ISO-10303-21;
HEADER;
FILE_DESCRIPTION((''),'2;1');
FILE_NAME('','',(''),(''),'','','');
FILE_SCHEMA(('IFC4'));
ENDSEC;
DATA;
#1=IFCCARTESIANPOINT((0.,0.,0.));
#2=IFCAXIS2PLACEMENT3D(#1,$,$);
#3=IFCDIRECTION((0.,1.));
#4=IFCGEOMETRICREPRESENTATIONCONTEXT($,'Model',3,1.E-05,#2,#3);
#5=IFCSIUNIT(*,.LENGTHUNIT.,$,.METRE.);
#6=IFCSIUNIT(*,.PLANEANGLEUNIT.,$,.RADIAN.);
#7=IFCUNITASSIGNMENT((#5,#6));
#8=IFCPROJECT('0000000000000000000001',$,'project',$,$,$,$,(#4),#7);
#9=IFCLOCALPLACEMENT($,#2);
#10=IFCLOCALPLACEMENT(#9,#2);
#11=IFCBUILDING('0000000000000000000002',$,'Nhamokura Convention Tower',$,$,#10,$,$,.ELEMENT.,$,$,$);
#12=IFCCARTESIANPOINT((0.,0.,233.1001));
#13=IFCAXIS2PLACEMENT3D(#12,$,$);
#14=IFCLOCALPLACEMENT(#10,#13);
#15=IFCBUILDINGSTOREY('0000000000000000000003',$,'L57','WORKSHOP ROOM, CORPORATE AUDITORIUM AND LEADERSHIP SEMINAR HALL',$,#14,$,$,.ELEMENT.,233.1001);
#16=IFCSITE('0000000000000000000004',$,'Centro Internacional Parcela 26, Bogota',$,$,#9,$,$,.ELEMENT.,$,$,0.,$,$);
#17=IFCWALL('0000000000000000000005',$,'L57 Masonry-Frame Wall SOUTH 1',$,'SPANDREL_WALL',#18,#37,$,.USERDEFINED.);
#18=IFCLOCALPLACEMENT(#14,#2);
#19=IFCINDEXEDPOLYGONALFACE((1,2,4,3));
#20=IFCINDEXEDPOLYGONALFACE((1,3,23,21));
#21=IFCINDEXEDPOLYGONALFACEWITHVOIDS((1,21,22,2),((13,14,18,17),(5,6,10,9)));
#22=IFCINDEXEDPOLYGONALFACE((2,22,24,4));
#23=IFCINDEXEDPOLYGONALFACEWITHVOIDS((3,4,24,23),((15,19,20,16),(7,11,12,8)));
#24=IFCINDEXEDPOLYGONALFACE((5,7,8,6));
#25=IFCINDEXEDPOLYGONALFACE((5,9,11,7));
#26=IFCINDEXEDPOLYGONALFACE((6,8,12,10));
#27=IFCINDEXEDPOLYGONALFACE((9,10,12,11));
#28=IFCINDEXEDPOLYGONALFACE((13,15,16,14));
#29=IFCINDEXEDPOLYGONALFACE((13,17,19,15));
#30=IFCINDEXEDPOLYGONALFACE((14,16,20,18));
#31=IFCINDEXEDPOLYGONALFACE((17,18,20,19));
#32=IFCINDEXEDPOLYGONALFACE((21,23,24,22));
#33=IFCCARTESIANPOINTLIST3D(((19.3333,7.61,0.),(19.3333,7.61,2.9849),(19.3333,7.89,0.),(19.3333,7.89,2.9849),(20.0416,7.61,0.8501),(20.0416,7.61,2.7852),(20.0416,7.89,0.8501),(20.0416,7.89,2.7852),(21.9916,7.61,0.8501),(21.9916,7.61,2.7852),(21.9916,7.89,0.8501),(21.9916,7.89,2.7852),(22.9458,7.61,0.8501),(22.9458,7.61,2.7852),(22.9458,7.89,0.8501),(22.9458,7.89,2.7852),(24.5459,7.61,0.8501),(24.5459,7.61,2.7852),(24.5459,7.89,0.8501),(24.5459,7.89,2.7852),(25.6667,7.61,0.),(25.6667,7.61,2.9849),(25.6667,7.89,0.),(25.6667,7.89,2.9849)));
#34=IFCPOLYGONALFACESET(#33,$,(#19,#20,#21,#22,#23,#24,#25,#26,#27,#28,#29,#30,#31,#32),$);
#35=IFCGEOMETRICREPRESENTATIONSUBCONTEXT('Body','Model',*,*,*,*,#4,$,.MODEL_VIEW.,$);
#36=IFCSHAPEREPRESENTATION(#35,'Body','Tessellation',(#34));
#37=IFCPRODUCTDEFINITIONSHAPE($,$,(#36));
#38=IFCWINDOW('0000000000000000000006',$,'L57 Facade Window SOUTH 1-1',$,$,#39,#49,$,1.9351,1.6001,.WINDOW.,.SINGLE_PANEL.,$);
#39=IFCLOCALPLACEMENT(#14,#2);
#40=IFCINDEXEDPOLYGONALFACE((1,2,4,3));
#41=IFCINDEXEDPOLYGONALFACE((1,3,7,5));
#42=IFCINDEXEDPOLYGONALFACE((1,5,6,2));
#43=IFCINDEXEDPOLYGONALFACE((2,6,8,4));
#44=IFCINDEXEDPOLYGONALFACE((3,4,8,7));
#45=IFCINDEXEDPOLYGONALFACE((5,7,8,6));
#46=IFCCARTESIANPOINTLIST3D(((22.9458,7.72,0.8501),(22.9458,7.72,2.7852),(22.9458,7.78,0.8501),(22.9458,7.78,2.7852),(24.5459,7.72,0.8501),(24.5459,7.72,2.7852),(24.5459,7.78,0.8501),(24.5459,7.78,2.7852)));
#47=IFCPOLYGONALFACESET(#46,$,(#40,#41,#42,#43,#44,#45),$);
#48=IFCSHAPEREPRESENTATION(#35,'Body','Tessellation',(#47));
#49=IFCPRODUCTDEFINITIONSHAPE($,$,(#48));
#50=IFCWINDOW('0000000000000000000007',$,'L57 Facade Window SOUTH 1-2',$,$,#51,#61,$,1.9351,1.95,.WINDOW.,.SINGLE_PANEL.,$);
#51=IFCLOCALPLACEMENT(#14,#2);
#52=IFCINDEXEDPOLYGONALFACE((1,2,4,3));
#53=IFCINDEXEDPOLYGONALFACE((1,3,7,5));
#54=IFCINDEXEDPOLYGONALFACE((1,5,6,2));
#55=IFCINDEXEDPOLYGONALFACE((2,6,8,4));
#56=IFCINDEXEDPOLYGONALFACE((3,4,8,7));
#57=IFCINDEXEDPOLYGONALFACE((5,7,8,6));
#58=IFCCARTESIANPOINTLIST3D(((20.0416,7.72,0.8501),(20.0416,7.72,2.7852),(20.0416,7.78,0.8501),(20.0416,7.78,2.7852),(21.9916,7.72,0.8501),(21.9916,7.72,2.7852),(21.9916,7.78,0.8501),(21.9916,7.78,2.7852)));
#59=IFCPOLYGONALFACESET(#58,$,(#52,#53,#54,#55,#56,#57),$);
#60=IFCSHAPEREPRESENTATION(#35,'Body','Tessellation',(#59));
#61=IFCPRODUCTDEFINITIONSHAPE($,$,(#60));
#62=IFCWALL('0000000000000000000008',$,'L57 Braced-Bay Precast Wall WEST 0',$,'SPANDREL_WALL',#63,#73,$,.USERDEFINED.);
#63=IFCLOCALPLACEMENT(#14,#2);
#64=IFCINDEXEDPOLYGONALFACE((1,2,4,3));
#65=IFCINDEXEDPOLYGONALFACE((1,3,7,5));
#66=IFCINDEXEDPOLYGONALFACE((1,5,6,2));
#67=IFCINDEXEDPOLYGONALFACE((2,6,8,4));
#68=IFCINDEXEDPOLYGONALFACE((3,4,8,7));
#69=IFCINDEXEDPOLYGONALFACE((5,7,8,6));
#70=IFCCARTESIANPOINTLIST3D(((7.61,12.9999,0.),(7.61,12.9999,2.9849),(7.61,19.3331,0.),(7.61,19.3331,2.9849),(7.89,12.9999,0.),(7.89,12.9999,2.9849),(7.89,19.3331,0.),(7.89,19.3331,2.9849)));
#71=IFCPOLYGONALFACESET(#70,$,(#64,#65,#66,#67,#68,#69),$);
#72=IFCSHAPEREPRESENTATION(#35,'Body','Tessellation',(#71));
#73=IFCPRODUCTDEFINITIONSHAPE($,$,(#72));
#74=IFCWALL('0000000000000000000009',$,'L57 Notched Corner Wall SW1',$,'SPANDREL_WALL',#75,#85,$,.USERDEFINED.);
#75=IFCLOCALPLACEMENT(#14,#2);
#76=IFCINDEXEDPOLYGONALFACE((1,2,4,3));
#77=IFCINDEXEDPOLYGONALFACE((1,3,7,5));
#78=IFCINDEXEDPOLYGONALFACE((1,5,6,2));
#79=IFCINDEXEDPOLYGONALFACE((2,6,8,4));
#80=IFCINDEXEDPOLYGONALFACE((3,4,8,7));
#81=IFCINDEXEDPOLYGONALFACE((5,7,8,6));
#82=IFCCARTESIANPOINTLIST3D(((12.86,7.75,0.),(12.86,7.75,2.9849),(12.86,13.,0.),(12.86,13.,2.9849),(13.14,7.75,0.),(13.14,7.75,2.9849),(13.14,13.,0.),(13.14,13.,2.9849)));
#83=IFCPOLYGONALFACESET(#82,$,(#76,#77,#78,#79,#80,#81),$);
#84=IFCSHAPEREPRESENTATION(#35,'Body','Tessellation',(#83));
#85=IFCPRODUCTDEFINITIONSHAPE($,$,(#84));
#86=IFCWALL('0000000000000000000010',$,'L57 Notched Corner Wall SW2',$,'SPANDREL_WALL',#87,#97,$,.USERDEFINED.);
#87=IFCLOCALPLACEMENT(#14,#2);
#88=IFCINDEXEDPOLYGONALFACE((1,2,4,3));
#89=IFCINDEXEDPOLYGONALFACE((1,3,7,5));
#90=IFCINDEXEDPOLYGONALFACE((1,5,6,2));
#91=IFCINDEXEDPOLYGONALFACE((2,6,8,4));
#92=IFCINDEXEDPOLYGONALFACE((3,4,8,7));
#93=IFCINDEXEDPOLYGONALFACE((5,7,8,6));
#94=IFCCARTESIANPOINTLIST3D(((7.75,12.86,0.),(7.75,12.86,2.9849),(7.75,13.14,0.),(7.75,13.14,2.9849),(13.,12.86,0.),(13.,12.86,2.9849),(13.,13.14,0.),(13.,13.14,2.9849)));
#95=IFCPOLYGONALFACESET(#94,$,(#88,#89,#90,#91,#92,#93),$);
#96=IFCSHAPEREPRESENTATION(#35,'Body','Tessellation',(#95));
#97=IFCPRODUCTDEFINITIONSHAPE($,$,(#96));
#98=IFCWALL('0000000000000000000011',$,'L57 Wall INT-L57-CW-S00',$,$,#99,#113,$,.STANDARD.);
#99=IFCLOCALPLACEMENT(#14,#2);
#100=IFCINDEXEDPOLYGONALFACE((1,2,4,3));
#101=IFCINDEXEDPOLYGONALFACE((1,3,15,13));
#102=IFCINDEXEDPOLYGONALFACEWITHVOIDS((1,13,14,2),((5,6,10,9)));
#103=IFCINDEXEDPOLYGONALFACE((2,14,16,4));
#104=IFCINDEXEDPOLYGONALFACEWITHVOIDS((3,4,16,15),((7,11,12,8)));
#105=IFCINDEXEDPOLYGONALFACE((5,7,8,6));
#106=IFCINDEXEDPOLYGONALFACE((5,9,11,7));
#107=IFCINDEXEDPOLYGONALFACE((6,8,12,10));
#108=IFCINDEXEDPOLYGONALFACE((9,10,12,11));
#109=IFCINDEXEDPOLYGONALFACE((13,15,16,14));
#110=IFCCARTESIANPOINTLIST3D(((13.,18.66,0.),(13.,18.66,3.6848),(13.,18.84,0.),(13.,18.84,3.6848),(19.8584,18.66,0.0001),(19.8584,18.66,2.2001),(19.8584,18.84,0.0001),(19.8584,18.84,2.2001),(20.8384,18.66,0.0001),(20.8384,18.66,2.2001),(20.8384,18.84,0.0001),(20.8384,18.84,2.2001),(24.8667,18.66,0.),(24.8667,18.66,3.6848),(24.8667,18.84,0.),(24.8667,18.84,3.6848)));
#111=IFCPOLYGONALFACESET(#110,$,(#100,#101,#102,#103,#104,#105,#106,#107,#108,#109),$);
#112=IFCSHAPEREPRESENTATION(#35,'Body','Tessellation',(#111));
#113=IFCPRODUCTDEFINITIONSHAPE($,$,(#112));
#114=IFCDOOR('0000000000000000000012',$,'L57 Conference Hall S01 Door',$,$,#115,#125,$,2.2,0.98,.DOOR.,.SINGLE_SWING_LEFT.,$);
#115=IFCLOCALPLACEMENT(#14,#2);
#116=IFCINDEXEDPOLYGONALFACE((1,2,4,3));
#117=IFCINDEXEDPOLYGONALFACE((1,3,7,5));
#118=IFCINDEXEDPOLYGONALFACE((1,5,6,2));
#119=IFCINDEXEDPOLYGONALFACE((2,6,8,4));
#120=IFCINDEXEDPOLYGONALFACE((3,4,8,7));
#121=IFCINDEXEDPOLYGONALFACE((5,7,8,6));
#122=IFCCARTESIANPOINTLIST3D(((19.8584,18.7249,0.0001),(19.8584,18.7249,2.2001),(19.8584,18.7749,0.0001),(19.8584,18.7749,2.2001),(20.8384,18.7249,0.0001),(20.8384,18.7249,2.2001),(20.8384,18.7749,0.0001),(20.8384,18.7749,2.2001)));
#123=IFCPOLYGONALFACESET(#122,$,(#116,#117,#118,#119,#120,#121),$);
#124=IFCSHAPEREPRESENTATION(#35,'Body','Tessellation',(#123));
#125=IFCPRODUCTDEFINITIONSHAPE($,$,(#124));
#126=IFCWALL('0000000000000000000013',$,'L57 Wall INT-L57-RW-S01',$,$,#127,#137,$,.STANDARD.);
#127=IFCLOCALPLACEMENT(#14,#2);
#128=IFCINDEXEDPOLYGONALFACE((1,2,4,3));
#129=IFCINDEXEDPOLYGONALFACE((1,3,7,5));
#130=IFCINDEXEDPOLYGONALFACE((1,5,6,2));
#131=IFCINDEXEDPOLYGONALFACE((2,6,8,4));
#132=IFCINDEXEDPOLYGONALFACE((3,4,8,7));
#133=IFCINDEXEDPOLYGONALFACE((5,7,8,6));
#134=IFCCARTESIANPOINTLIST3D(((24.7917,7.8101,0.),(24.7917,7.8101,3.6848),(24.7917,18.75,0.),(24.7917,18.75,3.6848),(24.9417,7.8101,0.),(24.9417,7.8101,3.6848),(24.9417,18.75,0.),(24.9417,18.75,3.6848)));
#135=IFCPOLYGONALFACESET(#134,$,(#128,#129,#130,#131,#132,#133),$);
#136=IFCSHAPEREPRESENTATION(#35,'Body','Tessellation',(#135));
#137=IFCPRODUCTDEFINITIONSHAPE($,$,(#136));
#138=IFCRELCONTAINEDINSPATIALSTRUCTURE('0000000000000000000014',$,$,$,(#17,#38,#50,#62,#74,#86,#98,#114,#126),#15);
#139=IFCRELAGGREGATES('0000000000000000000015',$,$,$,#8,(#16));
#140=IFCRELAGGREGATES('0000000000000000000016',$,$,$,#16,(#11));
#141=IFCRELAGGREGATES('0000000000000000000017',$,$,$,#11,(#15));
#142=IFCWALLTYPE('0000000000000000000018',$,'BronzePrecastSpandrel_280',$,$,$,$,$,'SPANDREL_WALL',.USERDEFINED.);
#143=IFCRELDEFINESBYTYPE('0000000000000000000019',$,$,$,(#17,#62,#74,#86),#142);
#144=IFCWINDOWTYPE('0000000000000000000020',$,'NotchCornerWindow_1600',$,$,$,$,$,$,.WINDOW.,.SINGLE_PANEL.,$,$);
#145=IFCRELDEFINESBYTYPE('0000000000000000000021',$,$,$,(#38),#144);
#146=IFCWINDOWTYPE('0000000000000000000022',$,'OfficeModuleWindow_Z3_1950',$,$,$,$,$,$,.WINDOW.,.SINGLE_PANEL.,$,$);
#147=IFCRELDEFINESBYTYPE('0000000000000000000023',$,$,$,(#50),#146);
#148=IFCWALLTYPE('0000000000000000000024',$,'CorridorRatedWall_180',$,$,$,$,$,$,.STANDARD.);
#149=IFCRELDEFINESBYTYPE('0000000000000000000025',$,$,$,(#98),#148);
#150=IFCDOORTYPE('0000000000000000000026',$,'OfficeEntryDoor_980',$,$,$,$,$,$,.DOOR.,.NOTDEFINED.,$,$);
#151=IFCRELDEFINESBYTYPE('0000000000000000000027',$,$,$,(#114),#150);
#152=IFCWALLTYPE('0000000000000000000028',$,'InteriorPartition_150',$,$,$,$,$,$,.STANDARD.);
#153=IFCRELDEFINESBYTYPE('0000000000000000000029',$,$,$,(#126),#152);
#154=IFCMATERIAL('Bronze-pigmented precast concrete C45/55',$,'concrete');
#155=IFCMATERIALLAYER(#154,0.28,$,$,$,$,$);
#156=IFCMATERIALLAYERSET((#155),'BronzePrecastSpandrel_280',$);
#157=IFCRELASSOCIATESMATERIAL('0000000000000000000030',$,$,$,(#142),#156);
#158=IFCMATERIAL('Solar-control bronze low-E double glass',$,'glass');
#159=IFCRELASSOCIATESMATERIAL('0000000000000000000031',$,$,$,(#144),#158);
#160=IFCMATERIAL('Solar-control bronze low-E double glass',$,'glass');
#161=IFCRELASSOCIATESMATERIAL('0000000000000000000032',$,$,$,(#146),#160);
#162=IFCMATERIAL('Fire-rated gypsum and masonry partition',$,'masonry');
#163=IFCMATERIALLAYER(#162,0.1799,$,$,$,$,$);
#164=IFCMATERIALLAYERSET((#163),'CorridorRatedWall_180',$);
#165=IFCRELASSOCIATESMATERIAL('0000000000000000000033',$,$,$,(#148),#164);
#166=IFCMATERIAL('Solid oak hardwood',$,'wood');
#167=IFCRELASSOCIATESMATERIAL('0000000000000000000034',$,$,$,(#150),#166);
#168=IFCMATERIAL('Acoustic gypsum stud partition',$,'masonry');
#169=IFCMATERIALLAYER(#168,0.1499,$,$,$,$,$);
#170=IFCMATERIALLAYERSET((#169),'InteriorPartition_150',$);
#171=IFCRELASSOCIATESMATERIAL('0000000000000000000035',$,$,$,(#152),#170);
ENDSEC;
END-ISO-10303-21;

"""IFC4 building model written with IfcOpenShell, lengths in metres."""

from ifc_helpers import new_model, si_unit, direction, frame, frame_2d, origin, place, context, subcontext, project, spatial, rectangle, extrude, material, layer, layer_set, type_object, element, fill, save


model = new_model("IFC4")

# Units and contexts
model_context = context("Model", 3, precision=1e-05, world=origin(), true_north=direction((0.0, 1.0)))
body_context = subcontext(model_context, "Body", "Model", "MODEL_VIEW")
ifc_project = project(units=[si_unit("LENGTHUNIT", "METRE"), si_unit("PLANEANGLEUNIT", "RADIAN")], contexts=[model_context])

# Site, building, storey
site_placement = place(None, origin())
site = spatial("IfcSite", under=ifc_project, at=site_placement, Name="Centro Internacional Parcela 26, Bogota", CompositionType="ELEMENT", RefElevation=0.0)
building_placement = place(site_placement, origin())
building = spatial("IfcBuilding", under=site, at=building_placement, Name="Nhamokura Convention Tower", CompositionType="ELEMENT")
storey_placement = place(building_placement, frame((0.0, 0.0, 233.1001)))
storey = spatial("IfcBuildingStorey", under=building, at=storey_placement, Name="L57", Description="WORKSHOP ROOM, CORPORATE AUDITORIUM AND LEADERSHIP SEMINAR HALL", CompositionType="ELEMENT", Elevation=233.1001)

# Shared definitions
ifc_material_1 = material(Name="Bronze-pigmented precast concrete C45/55", Category="concrete")
ifc_layer_1 = layer(ifc_material_1, 0.28)
ifc_layer_set_1 = layer_set([ifc_layer_1], Name="BronzePrecastSpandrel_280")
wall_type_1 = type_object("IfcWallType", Name="BronzePrecastSpandrel_280", ElementType="SPANDREL_WALL", PredefinedType="USERDEFINED", material=ifc_layer_set_1)

# Wall, openings, windows
wall_1_placement = place(storey_placement, frame((25.6667, 7.75, 0.0), z_axis=(0.0, 0.0, 1.0), x_axis=(-1.0, 0.0, 0.0)))
wall_1 = element("IfcWall", 1, at=wall_1_placement, inside=storey, type_object=wall_type_1, Name="L57 Masonry-Frame Wall SOUTH 1", ObjectType="SPANDREL_WALL", PredefinedType="USERDEFINED", context=body_context, shape_type="SweptSolid", body=[
    extrude(rectangle(XDim=6.3335, YDim=0.28, at=frame_2d((3.1667, 0.0))), origin(), (0.0, 0.0, 1.0), 2.9849),
])
opening_1_placement = place(wall_1_placement, frame((1.1208, 0.0, 0.8501)))
opening_1 = element("IfcOpeningElement", 2, at=opening_1_placement, cuts=wall_1, PredefinedType="OPENING", context=body_context, shape_type="SweptSolid", body=[
    extrude(rectangle(XDim=1.6001, YDim=1.9351, at=frame_2d((0.8, 0.9675))), frame((0.0, 0.1499, 0.0), z_axis=(0.0, -1.0, 0.0), x_axis=(1.0, 0.0, 0.0)), (0.0, 0.0, 1.0), 0.3),
])
opening_2_placement = place(wall_1_placement, frame((3.675, 0.0, 0.8501)))
opening_2 = element("IfcOpeningElement", 3, at=opening_2_placement, cuts=wall_1, PredefinedType="OPENING", context=body_context, shape_type="SweptSolid", body=[
    extrude(rectangle(XDim=1.95, YDim=1.9351, at=frame_2d((0.9751, 0.9675))), frame((0.0, 0.1499, 0.0), z_axis=(0.0, -1.0, 0.0), x_axis=(1.0, 0.0, 0.0)), (0.0, 0.0, 1.0), 0.3),
])
ifc_material_2 = material(Name="Solar-control bronze low-E double glass", Category="glass")
window_type_1 = type_object("IfcWindowType", Name="NotchCornerWindow_1600", PartitioningType="SINGLE_PANEL", PredefinedType="WINDOW", material=ifc_material_2)
window_1_placement = place(opening_1_placement, origin())
window_1 = element("IfcWindow", 4, at=window_1_placement, inside=storey, type_object=window_type_1, Name="L57 Facade Window SOUTH 1-1", OverallHeight=1.9351, OverallWidth=1.6001, PartitioningType="SINGLE_PANEL", PredefinedType="WINDOW", context=body_context, shape_type="SweptSolid", body=[
    extrude(rectangle(XDim=1.6001, YDim=1.9351, at=frame_2d((0.8, 0.9675))), frame((0.0, 0.03, 0.0), z_axis=(0.0, -1.0, 0.0), x_axis=(1.0, 0.0, 0.0)), (0.0, 0.0, 1.0), 0.0601),
])
fill(opening_1, window_1)
ifc_material_3 = material(Name="Solar-control bronze low-E double glass", Category="glass")
window_type_2 = type_object("IfcWindowType", Name="OfficeModuleWindow_Z3_1950", PartitioningType="SINGLE_PANEL", PredefinedType="WINDOW", material=ifc_material_3)
window_2_placement = place(opening_2_placement, origin())
window_2 = element("IfcWindow", 5, at=window_2_placement, inside=storey, type_object=window_type_2, Name="L57 Facade Window SOUTH 1-2", OverallHeight=1.9351, OverallWidth=1.95, PartitioningType="SINGLE_PANEL", PredefinedType="WINDOW", context=body_context, shape_type="SweptSolid", body=[
    extrude(rectangle(XDim=1.95, YDim=1.9351, at=frame_2d((0.9751, 0.9675))), frame((0.0, 0.03, 0.0), z_axis=(0.0, -1.0, 0.0), x_axis=(1.0, 0.0, 0.0)), (0.0, 0.0, 1.0), 0.0601),
])
fill(opening_2, window_2)

# Walls
wall_2_placement = place(storey_placement, frame((7.75, 13.0, 0.0), z_axis=(0.0, 0.0, 1.0), x_axis=(0.0, 1.0, 0.0)))
element("IfcWall", 6, at=wall_2_placement, inside=storey, type_object=wall_type_1, Name="L57 Braced-Bay Precast Wall WEST 0", ObjectType="SPANDREL_WALL", PredefinedType="USERDEFINED", context=body_context, shape_type="SweptSolid", body=[
    extrude(rectangle(XDim=6.3333, YDim=0.28, at=frame_2d((3.1665, 0.0))), origin(), (0.0, 0.0, 1.0), 2.9849),
])
for number, where, z_axis, x_axis, name in (
    (7, (13.0, 7.75, 0.0), (0.0, 0.0, 1.0), (0.0, 1.0, 0.0), "L57 Notched Corner Wall SW1"),
    (8, (13.0, 13.0, 0.0), (0.0, 0.0, 1.0), (-1.0, 0.0, 0.0), "L57 Notched Corner Wall SW2"),
):
    element("IfcWall", number, at=place(storey_placement, frame(where, z_axis=z_axis, x_axis=x_axis)), inside=storey, type_object=wall_type_1, Name=name, ObjectType="SPANDREL_WALL", PredefinedType="USERDEFINED", context=body_context, shape_type="SweptSolid", body=[
        extrude(rectangle(XDim=5.25, YDim=0.28, at=frame_2d((2.625, 0.0))), origin(), (0.0, 0.0, 1.0), 2.9849),
    ])

# Wall, opening, door
ifc_material_4 = material(Name="Fire-rated gypsum and masonry partition", Category="masonry")
ifc_layer_2 = layer(ifc_material_4, 0.1799)
ifc_layer_set_2 = layer_set([ifc_layer_2], Name="CorridorRatedWall_180")
wall_type_2 = type_object("IfcWallType", Name="CorridorRatedWall_180", PredefinedType="STANDARD", material=ifc_layer_set_2)
wall_3_placement = place(storey_placement, frame((13.0, 18.75, 0.0), z_axis=(0.0, 0.0, 1.0), x_axis=(1.0, 0.0, 0.0)))
wall_3 = element("IfcWall", 9, at=wall_3_placement, inside=storey, type_object=wall_type_2, Name="L57 Wall INT-L57-CW-S00", PredefinedType="STANDARD", context=body_context, shape_type="SweptSolid", body=[
    extrude(rectangle(XDim=11.8667, YDim=0.1799, at=frame_2d((5.9333, 0.0))), origin(), (0.0, 0.0, 1.0), 3.6848),
])
opening_3_placement = place(wall_3_placement, frame((6.8584, 0.0, 0.0)))
opening_3 = element("IfcOpeningElement", 10, at=opening_3_placement, cuts=wall_3, PredefinedType="OPENING", context=body_context, shape_type="SweptSolid", body=[
    extrude(rectangle(XDim=0.98, YDim=2.2, at=frame_2d((0.49, 1.1001))), frame((0.0, 0.0999, 0.0), z_axis=(0.0, -1.0, 0.0), x_axis=(1.0, 0.0, 0.0)), (0.0, 0.0, 1.0), 0.2),
])
ifc_material_5 = material(Name="Solid oak hardwood", Category="wood")
door_type = type_object("IfcDoorType", Name="OfficeEntryDoor_980", OperationType="NOTDEFINED", PredefinedType="DOOR", material=ifc_material_5)
door_placement = place(opening_3_placement, origin())
door = element("IfcDoor", 11, at=door_placement, inside=storey, type_object=door_type, Name="L57 Conference Hall S01 Door", OperationType="SINGLE_SWING_LEFT", OverallHeight=2.2, OverallWidth=0.98, PredefinedType="DOOR", context=body_context, shape_type="SweptSolid", body=[
    extrude(rectangle(XDim=0.98, YDim=2.2, at=frame_2d((0.49, 1.1001))), frame((0.0, 0.0249, 0.0), z_axis=(0.0, -1.0, 0.0), x_axis=(1.0, 0.0, 0.0)), (0.0, 0.0, 1.0), 0.05),
])
fill(opening_3, door)

# Wall
ifc_material_6 = material(Name="Acoustic gypsum stud partition", Category="masonry")
ifc_layer_3 = layer(ifc_material_6, 0.1499)
ifc_layer_set_3 = layer_set([ifc_layer_3], Name="InteriorPartition_150")
wall_type_3 = type_object("IfcWallType", Name="InteriorPartition_150", PredefinedType="STANDARD", material=ifc_layer_set_3)
wall_4_placement = place(storey_placement, frame((24.8667, 7.8101, 0.0), z_axis=(0.0, 0.0, 1.0), x_axis=(0.0, 1.0, 0.0)))
element("IfcWall", 12, at=wall_4_placement, inside=storey, type_object=wall_type_3, Name="L57 Wall INT-L57-RW-S01", PredefinedType="STANDARD", context=body_context, shape_type="SweptSolid", body=[
    extrude(rectangle(XDim=10.9399, YDim=0.1499, at=frame_2d((5.47, 0.0))), origin(), (0.0, 0.0, 1.0), 3.6848),
])

save(model, "model.ifc")
